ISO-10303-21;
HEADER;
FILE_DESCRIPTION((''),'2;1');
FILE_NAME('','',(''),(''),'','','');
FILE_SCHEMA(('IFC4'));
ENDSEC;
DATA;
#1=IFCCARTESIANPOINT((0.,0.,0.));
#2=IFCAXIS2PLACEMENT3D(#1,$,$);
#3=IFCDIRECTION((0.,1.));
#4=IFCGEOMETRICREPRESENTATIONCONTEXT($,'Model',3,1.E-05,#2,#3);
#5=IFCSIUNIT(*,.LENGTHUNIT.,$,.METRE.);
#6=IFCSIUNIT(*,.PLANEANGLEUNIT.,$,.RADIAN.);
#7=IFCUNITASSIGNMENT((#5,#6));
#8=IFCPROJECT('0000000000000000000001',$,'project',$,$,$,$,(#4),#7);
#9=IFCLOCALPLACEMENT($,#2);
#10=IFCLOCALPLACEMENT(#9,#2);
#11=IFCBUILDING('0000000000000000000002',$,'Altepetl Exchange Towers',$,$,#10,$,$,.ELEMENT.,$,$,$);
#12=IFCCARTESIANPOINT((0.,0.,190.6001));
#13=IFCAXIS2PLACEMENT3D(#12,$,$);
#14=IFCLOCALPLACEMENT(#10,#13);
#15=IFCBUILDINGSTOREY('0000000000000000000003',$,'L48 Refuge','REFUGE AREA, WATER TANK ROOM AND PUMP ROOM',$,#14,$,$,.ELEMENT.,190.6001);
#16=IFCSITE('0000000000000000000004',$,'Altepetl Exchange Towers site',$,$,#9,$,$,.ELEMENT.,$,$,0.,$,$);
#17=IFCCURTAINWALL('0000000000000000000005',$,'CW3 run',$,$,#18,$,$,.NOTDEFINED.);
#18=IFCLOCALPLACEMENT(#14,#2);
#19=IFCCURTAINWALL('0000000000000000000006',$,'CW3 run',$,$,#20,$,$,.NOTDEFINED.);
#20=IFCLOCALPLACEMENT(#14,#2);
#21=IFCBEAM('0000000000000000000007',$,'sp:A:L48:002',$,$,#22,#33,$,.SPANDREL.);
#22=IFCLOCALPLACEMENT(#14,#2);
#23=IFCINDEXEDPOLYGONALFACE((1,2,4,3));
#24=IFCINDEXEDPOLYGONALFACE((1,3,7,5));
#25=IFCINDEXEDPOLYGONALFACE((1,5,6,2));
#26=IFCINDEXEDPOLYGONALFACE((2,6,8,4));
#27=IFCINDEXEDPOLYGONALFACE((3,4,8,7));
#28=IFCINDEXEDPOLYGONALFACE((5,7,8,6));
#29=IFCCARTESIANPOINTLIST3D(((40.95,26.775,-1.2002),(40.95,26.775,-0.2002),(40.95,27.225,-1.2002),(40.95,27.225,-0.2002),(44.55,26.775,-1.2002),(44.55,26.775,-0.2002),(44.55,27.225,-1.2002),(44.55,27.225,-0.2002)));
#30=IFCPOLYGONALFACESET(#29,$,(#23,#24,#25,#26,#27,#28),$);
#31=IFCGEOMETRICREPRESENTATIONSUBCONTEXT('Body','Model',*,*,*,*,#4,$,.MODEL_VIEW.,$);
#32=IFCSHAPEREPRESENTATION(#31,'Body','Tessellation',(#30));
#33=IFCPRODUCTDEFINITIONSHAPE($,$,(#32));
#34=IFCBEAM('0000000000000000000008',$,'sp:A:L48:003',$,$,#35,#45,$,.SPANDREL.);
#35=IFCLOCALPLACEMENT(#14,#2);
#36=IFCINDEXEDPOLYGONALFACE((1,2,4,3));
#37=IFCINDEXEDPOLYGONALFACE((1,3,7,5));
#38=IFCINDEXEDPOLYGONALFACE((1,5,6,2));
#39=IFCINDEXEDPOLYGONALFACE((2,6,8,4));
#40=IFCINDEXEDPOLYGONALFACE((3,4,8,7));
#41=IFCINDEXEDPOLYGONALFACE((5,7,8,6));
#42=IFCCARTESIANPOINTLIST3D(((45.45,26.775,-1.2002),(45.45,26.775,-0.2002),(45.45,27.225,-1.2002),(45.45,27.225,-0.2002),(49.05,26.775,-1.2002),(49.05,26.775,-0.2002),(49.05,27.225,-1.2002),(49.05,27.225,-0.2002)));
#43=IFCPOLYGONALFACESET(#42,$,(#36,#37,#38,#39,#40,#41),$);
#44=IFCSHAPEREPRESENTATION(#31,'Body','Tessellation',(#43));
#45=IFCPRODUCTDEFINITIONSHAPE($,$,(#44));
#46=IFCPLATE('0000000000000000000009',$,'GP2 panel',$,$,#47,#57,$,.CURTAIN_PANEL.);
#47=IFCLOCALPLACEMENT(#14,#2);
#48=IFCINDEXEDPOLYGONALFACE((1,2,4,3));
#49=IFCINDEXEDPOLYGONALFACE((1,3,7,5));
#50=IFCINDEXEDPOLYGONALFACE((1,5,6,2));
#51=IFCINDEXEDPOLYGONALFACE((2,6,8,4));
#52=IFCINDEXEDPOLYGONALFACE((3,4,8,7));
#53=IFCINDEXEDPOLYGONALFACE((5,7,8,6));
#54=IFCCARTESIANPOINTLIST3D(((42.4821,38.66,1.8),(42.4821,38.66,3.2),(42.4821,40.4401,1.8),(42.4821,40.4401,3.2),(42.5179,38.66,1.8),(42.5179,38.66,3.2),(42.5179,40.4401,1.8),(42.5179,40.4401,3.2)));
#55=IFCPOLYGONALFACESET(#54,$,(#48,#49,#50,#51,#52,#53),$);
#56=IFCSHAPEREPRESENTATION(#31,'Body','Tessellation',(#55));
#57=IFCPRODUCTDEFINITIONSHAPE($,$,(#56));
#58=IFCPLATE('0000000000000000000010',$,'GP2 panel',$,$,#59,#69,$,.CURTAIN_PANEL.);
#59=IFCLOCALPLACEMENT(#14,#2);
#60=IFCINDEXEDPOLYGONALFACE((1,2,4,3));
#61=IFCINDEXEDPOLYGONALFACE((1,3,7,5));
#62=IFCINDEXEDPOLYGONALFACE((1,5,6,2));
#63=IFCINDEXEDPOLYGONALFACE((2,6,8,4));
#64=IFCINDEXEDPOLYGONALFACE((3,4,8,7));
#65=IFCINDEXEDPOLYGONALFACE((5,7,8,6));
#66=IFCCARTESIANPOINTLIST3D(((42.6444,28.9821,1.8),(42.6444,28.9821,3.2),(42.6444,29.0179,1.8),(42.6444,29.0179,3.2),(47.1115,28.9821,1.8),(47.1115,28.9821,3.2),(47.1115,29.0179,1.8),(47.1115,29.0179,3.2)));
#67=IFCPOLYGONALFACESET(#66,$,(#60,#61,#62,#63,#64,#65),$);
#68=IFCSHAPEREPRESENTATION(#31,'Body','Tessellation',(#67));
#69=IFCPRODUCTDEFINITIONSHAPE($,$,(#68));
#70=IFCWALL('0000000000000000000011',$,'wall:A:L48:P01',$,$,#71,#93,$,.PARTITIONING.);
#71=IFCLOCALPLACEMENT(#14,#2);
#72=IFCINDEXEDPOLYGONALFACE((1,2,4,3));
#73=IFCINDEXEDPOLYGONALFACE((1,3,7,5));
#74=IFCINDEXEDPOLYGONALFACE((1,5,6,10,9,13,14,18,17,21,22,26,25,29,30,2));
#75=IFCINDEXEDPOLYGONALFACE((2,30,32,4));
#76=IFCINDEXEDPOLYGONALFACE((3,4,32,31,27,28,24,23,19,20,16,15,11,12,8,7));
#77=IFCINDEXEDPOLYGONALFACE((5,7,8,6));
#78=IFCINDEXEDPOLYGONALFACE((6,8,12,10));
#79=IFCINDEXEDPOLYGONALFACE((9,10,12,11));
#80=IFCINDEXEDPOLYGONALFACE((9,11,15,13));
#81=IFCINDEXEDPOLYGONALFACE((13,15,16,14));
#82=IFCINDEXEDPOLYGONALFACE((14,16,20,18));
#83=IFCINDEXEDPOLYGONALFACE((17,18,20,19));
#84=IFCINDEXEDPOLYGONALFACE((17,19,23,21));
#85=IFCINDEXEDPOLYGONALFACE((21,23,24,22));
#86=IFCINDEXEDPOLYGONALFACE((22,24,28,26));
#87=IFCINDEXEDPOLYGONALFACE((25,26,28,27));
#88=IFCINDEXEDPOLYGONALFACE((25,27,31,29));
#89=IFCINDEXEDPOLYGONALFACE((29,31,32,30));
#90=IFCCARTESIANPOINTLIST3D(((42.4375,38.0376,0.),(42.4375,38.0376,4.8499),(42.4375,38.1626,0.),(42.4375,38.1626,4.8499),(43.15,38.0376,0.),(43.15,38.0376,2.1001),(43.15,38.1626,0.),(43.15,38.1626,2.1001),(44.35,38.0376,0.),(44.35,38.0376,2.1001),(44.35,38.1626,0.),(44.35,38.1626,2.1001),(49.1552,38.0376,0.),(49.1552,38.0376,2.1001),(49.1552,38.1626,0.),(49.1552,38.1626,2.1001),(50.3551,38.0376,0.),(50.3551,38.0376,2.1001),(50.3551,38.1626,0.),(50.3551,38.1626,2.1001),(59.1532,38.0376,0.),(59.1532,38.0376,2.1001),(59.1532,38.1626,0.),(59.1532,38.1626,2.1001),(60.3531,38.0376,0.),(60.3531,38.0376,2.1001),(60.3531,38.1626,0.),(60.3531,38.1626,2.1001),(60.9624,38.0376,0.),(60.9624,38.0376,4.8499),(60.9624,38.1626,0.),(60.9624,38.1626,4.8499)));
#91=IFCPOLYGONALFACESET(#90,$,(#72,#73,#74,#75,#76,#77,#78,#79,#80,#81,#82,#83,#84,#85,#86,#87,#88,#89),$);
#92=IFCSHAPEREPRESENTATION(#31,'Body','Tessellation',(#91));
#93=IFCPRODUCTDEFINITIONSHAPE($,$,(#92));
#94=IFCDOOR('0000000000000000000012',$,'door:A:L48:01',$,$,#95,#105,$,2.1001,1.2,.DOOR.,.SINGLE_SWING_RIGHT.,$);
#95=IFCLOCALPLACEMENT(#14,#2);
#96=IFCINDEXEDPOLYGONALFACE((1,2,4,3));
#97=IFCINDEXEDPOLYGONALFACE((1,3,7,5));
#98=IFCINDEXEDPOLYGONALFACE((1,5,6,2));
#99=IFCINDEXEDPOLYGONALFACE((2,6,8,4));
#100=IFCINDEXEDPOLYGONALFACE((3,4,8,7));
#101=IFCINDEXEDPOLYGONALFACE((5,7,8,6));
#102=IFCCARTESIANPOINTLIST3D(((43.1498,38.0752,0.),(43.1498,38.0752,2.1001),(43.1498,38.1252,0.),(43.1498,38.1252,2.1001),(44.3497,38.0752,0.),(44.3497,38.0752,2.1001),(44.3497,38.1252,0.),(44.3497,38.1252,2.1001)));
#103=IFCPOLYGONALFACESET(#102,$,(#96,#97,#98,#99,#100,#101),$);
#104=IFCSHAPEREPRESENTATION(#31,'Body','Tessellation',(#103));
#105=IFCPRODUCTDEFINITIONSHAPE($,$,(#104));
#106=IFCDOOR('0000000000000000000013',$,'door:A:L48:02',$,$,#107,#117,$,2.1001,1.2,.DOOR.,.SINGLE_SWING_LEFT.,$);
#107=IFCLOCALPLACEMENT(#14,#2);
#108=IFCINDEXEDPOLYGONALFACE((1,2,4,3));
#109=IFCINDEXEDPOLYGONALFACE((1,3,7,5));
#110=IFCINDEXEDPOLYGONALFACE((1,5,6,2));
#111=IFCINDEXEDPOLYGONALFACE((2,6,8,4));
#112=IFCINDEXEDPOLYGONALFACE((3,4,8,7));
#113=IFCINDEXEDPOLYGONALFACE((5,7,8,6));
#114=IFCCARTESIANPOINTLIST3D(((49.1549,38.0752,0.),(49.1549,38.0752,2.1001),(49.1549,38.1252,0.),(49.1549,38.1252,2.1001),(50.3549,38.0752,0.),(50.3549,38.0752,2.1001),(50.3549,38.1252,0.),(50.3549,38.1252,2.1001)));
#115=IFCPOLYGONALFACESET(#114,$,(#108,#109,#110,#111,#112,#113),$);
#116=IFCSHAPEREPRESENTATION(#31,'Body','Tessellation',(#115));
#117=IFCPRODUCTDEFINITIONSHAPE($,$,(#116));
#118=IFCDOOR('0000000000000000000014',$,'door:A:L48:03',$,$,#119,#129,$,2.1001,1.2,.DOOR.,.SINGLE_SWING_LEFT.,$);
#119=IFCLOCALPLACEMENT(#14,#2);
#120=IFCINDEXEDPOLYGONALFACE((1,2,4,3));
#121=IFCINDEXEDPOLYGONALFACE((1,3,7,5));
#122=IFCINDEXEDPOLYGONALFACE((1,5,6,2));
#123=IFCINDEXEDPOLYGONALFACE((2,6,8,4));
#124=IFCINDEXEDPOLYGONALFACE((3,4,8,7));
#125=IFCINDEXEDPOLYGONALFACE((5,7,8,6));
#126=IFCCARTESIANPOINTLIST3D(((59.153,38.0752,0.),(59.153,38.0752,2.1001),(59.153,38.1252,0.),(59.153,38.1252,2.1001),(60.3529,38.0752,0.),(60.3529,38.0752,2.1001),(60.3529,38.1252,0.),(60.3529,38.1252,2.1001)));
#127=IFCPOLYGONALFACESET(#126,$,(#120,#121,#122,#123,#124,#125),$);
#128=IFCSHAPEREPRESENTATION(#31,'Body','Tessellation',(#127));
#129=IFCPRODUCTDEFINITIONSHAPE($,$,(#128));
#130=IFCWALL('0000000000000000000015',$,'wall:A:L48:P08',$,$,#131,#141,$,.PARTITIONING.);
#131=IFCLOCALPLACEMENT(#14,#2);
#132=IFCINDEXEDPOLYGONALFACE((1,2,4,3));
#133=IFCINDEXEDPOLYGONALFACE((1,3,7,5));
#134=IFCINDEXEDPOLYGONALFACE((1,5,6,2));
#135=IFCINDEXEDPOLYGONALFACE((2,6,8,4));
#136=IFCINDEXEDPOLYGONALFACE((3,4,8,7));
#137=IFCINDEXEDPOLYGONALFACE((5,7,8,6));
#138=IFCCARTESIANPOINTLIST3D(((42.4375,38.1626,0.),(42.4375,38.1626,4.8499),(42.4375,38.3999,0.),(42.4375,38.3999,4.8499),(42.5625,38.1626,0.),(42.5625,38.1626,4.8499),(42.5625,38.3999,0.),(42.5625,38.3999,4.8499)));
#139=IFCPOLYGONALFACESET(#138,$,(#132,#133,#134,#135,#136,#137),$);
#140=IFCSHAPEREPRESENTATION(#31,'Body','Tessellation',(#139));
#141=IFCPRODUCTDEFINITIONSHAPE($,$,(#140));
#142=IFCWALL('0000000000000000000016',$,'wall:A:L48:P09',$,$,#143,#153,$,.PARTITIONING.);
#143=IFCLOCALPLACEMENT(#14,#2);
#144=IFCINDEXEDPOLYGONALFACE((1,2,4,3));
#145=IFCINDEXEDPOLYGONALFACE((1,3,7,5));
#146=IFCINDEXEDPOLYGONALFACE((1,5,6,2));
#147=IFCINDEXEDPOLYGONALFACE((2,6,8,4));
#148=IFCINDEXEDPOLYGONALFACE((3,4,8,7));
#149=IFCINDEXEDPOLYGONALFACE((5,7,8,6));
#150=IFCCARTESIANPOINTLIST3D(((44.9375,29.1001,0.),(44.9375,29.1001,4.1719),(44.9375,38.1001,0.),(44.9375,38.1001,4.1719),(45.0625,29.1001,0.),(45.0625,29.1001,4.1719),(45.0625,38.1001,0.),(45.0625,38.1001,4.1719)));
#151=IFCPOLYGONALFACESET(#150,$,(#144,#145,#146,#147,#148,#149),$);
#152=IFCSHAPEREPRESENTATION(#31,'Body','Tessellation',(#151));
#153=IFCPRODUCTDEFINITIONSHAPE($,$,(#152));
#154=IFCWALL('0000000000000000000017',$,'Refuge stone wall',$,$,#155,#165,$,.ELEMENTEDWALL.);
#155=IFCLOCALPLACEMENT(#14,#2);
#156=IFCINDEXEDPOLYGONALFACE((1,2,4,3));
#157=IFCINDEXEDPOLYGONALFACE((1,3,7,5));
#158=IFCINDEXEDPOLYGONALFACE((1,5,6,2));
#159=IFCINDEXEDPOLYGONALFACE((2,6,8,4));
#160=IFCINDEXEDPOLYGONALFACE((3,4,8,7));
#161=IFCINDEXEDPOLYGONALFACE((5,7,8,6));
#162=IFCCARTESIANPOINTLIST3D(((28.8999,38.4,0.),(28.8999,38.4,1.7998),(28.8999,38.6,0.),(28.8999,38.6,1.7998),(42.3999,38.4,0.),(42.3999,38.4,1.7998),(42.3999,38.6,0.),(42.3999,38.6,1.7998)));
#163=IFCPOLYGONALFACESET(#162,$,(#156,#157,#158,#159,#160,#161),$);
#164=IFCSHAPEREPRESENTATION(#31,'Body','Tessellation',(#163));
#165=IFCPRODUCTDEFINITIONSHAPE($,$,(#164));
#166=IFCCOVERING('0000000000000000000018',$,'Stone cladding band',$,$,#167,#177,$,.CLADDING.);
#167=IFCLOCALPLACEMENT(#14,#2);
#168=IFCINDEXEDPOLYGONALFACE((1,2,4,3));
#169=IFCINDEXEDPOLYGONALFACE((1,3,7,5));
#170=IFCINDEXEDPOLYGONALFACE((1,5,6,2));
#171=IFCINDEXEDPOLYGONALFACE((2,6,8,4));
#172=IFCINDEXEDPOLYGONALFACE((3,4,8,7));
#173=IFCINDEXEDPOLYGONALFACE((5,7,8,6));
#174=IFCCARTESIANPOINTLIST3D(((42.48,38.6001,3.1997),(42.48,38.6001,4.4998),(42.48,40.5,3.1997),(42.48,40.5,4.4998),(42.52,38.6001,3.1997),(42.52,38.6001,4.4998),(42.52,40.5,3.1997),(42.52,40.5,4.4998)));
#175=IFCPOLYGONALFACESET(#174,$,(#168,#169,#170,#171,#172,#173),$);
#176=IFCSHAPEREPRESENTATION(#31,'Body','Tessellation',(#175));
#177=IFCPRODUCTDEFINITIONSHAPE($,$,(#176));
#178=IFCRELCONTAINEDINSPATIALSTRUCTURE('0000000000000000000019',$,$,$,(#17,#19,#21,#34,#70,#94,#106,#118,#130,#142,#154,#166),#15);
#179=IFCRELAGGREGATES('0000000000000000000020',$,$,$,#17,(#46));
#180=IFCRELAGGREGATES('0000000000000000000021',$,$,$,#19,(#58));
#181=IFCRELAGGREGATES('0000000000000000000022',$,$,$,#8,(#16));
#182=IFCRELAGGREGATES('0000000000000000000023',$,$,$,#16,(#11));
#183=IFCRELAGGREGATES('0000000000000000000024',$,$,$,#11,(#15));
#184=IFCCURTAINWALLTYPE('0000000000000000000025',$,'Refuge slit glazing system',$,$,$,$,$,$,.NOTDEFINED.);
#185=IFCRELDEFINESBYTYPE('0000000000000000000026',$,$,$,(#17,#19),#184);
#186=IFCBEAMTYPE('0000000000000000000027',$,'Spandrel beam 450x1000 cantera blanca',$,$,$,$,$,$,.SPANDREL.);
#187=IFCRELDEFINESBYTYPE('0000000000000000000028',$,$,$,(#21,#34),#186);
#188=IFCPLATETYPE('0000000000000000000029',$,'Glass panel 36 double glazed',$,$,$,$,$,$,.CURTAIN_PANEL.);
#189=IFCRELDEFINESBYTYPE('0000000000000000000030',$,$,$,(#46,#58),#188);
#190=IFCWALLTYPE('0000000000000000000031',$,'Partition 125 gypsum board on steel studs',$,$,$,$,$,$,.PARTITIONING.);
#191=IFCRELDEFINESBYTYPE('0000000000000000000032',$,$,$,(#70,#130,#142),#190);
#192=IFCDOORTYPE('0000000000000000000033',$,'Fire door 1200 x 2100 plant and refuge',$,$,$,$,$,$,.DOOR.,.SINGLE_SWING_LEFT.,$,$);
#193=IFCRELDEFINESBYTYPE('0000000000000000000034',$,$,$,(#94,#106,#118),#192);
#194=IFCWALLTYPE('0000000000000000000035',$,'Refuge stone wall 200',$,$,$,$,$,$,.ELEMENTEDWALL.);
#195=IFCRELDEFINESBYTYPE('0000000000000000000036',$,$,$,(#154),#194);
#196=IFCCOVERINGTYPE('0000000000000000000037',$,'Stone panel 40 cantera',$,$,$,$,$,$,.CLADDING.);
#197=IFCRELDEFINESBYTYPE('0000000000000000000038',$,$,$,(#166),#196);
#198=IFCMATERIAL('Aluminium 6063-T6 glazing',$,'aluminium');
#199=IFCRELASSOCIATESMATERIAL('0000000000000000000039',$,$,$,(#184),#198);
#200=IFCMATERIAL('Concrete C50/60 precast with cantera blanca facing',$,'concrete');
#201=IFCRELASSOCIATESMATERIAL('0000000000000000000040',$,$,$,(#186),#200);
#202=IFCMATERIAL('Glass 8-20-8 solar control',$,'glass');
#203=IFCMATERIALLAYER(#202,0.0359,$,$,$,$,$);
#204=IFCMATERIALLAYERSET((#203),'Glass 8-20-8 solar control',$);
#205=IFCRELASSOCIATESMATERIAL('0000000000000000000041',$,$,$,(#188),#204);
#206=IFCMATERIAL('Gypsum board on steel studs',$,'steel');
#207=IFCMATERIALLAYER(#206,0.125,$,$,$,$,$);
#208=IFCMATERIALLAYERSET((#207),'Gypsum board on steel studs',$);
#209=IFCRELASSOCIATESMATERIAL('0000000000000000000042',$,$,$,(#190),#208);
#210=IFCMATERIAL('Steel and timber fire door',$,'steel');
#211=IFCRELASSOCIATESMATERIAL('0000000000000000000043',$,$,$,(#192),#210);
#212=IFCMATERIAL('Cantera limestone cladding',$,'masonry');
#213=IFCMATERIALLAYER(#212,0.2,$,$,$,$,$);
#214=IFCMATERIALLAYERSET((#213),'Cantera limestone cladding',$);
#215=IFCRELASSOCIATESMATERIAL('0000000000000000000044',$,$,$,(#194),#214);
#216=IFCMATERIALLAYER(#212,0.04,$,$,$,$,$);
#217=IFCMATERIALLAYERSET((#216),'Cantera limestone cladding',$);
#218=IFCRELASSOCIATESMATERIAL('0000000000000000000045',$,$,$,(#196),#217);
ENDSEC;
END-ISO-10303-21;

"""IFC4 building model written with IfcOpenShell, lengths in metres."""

from ifc_helpers import new_model, si_unit, direction, frame, frame_2d, origin, origin_2d, place, context, subcontext, project, spatial, rectangle, extrude, material, layer, layer_set, material_profile, profile_set, type_object, element, fill, aggregate, save


model = new_model("IFC4")

# Units and contexts
model_context = context("Model", 3, precision=1e-05, world=origin(), true_north=direction((0.0, 1.0)))
body_context = subcontext(model_context, "Body", "Model", "MODEL_VIEW")
ifc_project = project(units=[si_unit("LENGTHUNIT", "METRE"), si_unit("PLANEANGLEUNIT", "RADIAN")], contexts=[model_context])

# Site, building, storey
site_placement = place(None, origin())
site = spatial("IfcSite", under=ifc_project, at=site_placement, Name="Altepetl Exchange Towers site", CompositionType="ELEMENT", RefElevation=0.0)
building_placement = place(site_placement, origin())
building = spatial("IfcBuilding", under=site, at=building_placement, Name="Altepetl Exchange Towers", CompositionType="ELEMENT")
storey_placement = place(building_placement, frame((0.0, 0.0, 190.6001)))
storey = spatial("IfcBuildingStorey", under=building, at=storey_placement, Name="L48 Refuge", Description="REFUGE AREA, WATER TANK ROOM AND PUMP ROOM", CompositionType="ELEMENT", Elevation=190.6001)

# Curtain wall
ifc_material_1 = material(Name="Aluminium 6063-T6 glazing", Category="aluminium")
curtain_wall_type = type_object("IfcCurtainWallType", Name="Refuge slit glazing system", PredefinedType="NOTDEFINED", material=ifc_material_1)
curtain_wall_1_placement = place(storey_placement, origin())
curtain_wall_1 = element("IfcCurtainWall", 1, at=curtain_wall_1_placement, inside=storey, type_object=curtain_wall_type, Name="CW3 run", PredefinedType="NOTDEFINED")

# Curtain wall
curtain_wall_2_placement = place(storey_placement, origin())
curtain_wall_2 = element("IfcCurtainWall", 2, at=curtain_wall_2_placement, inside=storey, type_object=curtain_wall_type, Name="CW3 run", PredefinedType="NOTDEFINED")

# Beams
ifc_material_2 = material(Name="Concrete C50/60 precast with cantera blanca facing", Category="concrete")
ifc_material_profile_1 = material_profile(ifc_material_2, rectangle(XDim=0.45, YDim=1.0, at=origin_2d()), Name="450 x 1000")
ifc_profile_set_1 = profile_set([ifc_material_profile_1], Name="Concrete C50/60 precast with cantera blanca facing")
beam_type_1 = type_object("IfcBeamType", Name="Spandrel beam 450x1000 cantera blanca", PredefinedType="SPANDREL", material=ifc_profile_set_1)
for number, where, z_axis, x_axis, name in (
    (3, (40.95, 27.0, -0.7002), (1.0, 0.0, 0.0), (0.0, 1.0, 0.0), "sp:A:L48:002"),
    (4, (45.45, 27.0, -0.7002), (1.0, 0.0, 0.0), (0.0, 1.0, 0.0), "sp:A:L48:003"),
):
    element("IfcBeam", number, at=place(storey_placement, frame(where, z_axis=z_axis, x_axis=x_axis)), inside=storey, type_object=beam_type_1, Name=name, PredefinedType="SPANDREL", context=body_context, shape_type="SweptSolid", body=[
        extrude(rectangle(XDim=0.45, YDim=1.0, at=origin_2d()), origin(), (0.0, 0.0, 1.0), 3.6001),
    ])

# Plates
ifc_material_3 = material(Name="Glass 8-20-8 solar control", Category="glass")
ifc_layer_1 = layer(ifc_material_3, 0.0359)
ifc_layer_set_1 = layer_set([ifc_layer_1], Name="Glass 8-20-8 solar control")
plate_type = type_object("IfcPlateType", Name="Glass panel 36 double glazed", PredefinedType="CURTAIN_PANEL", material=ifc_layer_set_1)
plate_1_placement = place(storey_placement, frame((42.5, 39.55, 1.8), z_axis=(0.0, 0.0, 1.0), x_axis=(0.0, -1.0, 0.0)))
plate_1 = element("IfcPlate", 5, at=plate_1_placement, type_object=plate_type, Name="GP2 panel", PredefinedType="CURTAIN_PANEL", context=body_context, shape_type="SweptSolid", body=[
    extrude(rectangle(XDim=1.78, YDim=0.0359, at=origin_2d()), origin(), (0.0, 0.0, 1.0), 1.3999),
])
aggregate(curtain_wall_1, [plate_1])
plate_2_placement = place(storey_placement, frame((44.8779, 29.0, 1.8)))
plate_2 = element("IfcPlate", 6, at=plate_2_placement, type_object=plate_type, Name="GP2 panel", PredefinedType="CURTAIN_PANEL", context=body_context, shape_type="SweptSolid", body=[
    extrude(rectangle(XDim=4.467, YDim=0.0359, at=origin_2d()), origin(), (0.0, 0.0, 1.0), 1.3999),
])
aggregate(curtain_wall_2, [plate_2])

# Wall, openings, doors
ifc_material_4 = material(Name="Gypsum board on steel studs", Category="steel")
ifc_layer_2 = layer(ifc_material_4, 0.125)
ifc_layer_set_2 = layer_set([ifc_layer_2], Name="Gypsum board on steel studs")
wall_type_1 = type_object("IfcWallType", Name="Partition 125 gypsum board on steel studs", PredefinedType="PARTITIONING", material=ifc_layer_set_2)
wall_1_placement = place(storey_placement, frame((42.4375, 38.1001, 0.0)))
wall_1 = element("IfcWall", 7, at=wall_1_placement, inside=storey, type_object=wall_type_1, Name="wall:A:L48:P01", PredefinedType="PARTITIONING", context=body_context, shape_type="SweptSolid", body=[
    extrude(rectangle(XDim=18.5249, YDim=0.125, at=frame_2d((9.2625, 0.0))), origin(), (0.0, 0.0, 1.0), 4.8499),
])
opening_1_placement = place(wall_1_placement, frame((0.7124, 0.0, 0.0)))
opening_1 = element("IfcOpeningElement", 8, at=opening_1_placement, cuts=wall_1, PredefinedType="OPENING", context=body_context, shape_type="SweptSolid", body=[
    extrude(rectangle(XDim=1.2, YDim=2.1001, at=frame_2d((0.6001, 1.05))), frame((0.0, 0.0725, 0.0), z_axis=(0.0, -1.0, 0.0), x_axis=(1.0, 0.0, 0.0)), (0.0, 0.0, 1.0), 0.145),
])
opening_2_placement = place(wall_1_placement, frame((6.7175, 0.0, 0.0)))
opening_2 = element("IfcOpeningElement", 9, at=opening_2_placement, cuts=wall_1, PredefinedType="OPENING", context=body_context, shape_type="SweptSolid", body=[
    extrude(rectangle(XDim=1.2, YDim=2.1001, at=frame_2d((0.6001, 1.05))), frame((0.0, 0.0725, 0.0), z_axis=(0.0, -1.0, 0.0), x_axis=(1.0, 0.0, 0.0)), (0.0, 0.0, 1.0), 0.145),
])
opening_3_placement = place(wall_1_placement, frame((16.7156, 0.0, 0.0)))
opening_3 = element("IfcOpeningElement", 10, at=opening_3_placement, cuts=wall_1, PredefinedType="OPENING", context=body_context, shape_type="SweptSolid", body=[
    extrude(rectangle(XDim=1.2, YDim=2.1001, at=frame_2d((0.6001, 1.05))), frame((0.0, 0.0725, 0.0), z_axis=(0.0, -1.0, 0.0), x_axis=(1.0, 0.0, 0.0)), (0.0, 0.0, 1.0), 0.145),
])
ifc_material_5 = material(Name="Steel and timber fire door", Category="steel")
door_type_1 = type_object("IfcDoorType", Name="Fire door 1200 x 2100 plant and refuge", OperationType="SINGLE_SWING_LEFT", PredefinedType="DOOR", material=ifc_material_5)
door_1_placement = place(opening_1_placement, frame((1.2, 0.0, 0.0), x_axis=(-1.0, 0.0, 0.0)))
door_1 = element("IfcDoor", 11, at=door_1_placement, inside=storey, type_object=door_type_1, Name="door:A:L48:01", OperationType="SINGLE_SWING_RIGHT", OverallHeight=2.1001, OverallWidth=1.2, PredefinedType="DOOR", context=body_context, shape_type="SweptSolid", body=[
    extrude(rectangle(XDim=1.2, YDim=2.1001, at=frame_2d((0.6001, 1.05))), frame((0.0, 0.0249, 0.0), z_axis=(0.0, -1.0, 0.0), x_axis=(1.0, 0.0, 0.0)), (0.0, 0.0, 1.0), 0.05),
])
fill(opening_1, door_1)
door_2_placement = place(opening_2_placement, frame((1.2, 0.0, 0.0), x_axis=(-1.0, 0.0, 0.0)))
door_2 = element("IfcDoor", 12, at=door_2_placement, inside=storey, type_object=door_type_1, Name="door:A:L48:02", OperationType="SINGLE_SWING_LEFT", OverallHeight=2.1001, OverallWidth=1.2, PredefinedType="DOOR", context=body_context, shape_type="SweptSolid", body=[
    extrude(rectangle(XDim=1.2, YDim=2.1001, at=frame_2d((0.6001, 1.05))), frame((0.0, 0.0249, 0.0), z_axis=(0.0, -1.0, 0.0), x_axis=(1.0, 0.0, 0.0)), (0.0, 0.0, 1.0), 0.05),
])
fill(opening_2, door_2)
door_3_placement = place(opening_3_placement, frame((1.2, 0.0, 0.0), x_axis=(-1.0, 0.0, 0.0)))
door_3 = element("IfcDoor", 13, at=door_3_placement, inside=storey, type_object=door_type_1, Name="door:A:L48:03", OperationType="SINGLE_SWING_LEFT", OverallHeight=2.1001, OverallWidth=1.2, PredefinedType="DOOR", context=body_context, shape_type="SweptSolid", body=[
    extrude(rectangle(XDim=1.2, YDim=2.1001, at=frame_2d((0.6001, 1.05))), frame((0.0, 0.0249, 0.0), z_axis=(0.0, -1.0, 0.0), x_axis=(1.0, 0.0, 0.0)), (0.0, 0.0, 1.0), 0.05),
])
fill(opening_3, door_3)

# Walls
wall_2_placement = place(storey_placement, frame((42.5, 38.1626, 0.0), z_axis=(0.0, 0.0, 1.0), x_axis=(0.0, 1.0, 0.0)))
element("IfcWall", 14, at=wall_2_placement, inside=storey, type_object=wall_type_1, Name="wall:A:L48:P08", PredefinedType="PARTITIONING", context=body_context, shape_type="SweptSolid", body=[
    extrude(rectangle(XDim=0.2373, YDim=0.125, at=frame_2d((0.1187, 0.0))), origin(), (0.0, 0.0, 1.0), 4.8499),
])
wall_3_placement = place(storey_placement, frame((45.0, 29.1001, 0.0), z_axis=(0.0, 0.0, 1.0), x_axis=(0.0, 1.0, 0.0)))
element("IfcWall", 15, at=wall_3_placement, inside=storey, type_object=wall_type_1, Name="wall:A:L48:P09", PredefinedType="PARTITIONING", context=body_context, shape_type="SweptSolid", body=[
    extrude(rectangle(XDim=9.0, YDim=0.125, at=frame_2d((4.5, 0.0))), origin(), (0.0, 0.0, 1.0), 4.1719),
])
ifc_material_6 = material(Name="Cantera limestone cladding", Category="masonry")
ifc_layer_3 = layer(ifc_material_6, 0.2)
ifc_layer_set_3 = layer_set([ifc_layer_3], Name="Cantera limestone cladding")
wall_type_2 = type_object("IfcWallType", Name="Refuge stone wall 200", PredefinedType="ELEMENTEDWALL", material=ifc_layer_set_3)
wall_4_placement = place(storey_placement, frame((42.3999, 38.5, 0.0), z_axis=(0.0, 0.0, 1.0), x_axis=(-1.0, 0.0, 0.0)))
element("IfcWall", 16, at=wall_4_placement, inside=storey, type_object=wall_type_2, Name="Refuge stone wall", PredefinedType="ELEMENTEDWALL", context=body_context, shape_type="SweptSolid", body=[
    extrude(rectangle(XDim=13.5, YDim=0.2, at=frame_2d((6.75, 0.0))), origin(), (0.0, 0.0, 1.0), 1.7998),
])

# Covering
ifc_layer_4 = layer(ifc_material_6, 0.04)
ifc_layer_set_4 = layer_set([ifc_layer_4], Name="Cantera limestone cladding")
covering_type = type_object("IfcCoveringType", Name="Stone panel 40 cantera", PredefinedType="CLADDING", material=ifc_layer_set_4)
covering_placement = place(storey_placement, frame((42.5, 39.55, 3.1997), z_axis=(0.0, 0.0, 1.0), x_axis=(0.0, -1.0, 0.0)))
element("IfcCovering", 17, at=covering_placement, inside=storey, type_object=covering_type, Name="Stone cladding band", PredefinedType="CLADDING", context=body_context, shape_type="SweptSolid", body=[
    extrude(rectangle(XDim=1.8999, YDim=0.04, at=origin_2d()), origin(), (0.0, 0.0, 1.0), 1.3),
])

save(model, "model.ifc")
